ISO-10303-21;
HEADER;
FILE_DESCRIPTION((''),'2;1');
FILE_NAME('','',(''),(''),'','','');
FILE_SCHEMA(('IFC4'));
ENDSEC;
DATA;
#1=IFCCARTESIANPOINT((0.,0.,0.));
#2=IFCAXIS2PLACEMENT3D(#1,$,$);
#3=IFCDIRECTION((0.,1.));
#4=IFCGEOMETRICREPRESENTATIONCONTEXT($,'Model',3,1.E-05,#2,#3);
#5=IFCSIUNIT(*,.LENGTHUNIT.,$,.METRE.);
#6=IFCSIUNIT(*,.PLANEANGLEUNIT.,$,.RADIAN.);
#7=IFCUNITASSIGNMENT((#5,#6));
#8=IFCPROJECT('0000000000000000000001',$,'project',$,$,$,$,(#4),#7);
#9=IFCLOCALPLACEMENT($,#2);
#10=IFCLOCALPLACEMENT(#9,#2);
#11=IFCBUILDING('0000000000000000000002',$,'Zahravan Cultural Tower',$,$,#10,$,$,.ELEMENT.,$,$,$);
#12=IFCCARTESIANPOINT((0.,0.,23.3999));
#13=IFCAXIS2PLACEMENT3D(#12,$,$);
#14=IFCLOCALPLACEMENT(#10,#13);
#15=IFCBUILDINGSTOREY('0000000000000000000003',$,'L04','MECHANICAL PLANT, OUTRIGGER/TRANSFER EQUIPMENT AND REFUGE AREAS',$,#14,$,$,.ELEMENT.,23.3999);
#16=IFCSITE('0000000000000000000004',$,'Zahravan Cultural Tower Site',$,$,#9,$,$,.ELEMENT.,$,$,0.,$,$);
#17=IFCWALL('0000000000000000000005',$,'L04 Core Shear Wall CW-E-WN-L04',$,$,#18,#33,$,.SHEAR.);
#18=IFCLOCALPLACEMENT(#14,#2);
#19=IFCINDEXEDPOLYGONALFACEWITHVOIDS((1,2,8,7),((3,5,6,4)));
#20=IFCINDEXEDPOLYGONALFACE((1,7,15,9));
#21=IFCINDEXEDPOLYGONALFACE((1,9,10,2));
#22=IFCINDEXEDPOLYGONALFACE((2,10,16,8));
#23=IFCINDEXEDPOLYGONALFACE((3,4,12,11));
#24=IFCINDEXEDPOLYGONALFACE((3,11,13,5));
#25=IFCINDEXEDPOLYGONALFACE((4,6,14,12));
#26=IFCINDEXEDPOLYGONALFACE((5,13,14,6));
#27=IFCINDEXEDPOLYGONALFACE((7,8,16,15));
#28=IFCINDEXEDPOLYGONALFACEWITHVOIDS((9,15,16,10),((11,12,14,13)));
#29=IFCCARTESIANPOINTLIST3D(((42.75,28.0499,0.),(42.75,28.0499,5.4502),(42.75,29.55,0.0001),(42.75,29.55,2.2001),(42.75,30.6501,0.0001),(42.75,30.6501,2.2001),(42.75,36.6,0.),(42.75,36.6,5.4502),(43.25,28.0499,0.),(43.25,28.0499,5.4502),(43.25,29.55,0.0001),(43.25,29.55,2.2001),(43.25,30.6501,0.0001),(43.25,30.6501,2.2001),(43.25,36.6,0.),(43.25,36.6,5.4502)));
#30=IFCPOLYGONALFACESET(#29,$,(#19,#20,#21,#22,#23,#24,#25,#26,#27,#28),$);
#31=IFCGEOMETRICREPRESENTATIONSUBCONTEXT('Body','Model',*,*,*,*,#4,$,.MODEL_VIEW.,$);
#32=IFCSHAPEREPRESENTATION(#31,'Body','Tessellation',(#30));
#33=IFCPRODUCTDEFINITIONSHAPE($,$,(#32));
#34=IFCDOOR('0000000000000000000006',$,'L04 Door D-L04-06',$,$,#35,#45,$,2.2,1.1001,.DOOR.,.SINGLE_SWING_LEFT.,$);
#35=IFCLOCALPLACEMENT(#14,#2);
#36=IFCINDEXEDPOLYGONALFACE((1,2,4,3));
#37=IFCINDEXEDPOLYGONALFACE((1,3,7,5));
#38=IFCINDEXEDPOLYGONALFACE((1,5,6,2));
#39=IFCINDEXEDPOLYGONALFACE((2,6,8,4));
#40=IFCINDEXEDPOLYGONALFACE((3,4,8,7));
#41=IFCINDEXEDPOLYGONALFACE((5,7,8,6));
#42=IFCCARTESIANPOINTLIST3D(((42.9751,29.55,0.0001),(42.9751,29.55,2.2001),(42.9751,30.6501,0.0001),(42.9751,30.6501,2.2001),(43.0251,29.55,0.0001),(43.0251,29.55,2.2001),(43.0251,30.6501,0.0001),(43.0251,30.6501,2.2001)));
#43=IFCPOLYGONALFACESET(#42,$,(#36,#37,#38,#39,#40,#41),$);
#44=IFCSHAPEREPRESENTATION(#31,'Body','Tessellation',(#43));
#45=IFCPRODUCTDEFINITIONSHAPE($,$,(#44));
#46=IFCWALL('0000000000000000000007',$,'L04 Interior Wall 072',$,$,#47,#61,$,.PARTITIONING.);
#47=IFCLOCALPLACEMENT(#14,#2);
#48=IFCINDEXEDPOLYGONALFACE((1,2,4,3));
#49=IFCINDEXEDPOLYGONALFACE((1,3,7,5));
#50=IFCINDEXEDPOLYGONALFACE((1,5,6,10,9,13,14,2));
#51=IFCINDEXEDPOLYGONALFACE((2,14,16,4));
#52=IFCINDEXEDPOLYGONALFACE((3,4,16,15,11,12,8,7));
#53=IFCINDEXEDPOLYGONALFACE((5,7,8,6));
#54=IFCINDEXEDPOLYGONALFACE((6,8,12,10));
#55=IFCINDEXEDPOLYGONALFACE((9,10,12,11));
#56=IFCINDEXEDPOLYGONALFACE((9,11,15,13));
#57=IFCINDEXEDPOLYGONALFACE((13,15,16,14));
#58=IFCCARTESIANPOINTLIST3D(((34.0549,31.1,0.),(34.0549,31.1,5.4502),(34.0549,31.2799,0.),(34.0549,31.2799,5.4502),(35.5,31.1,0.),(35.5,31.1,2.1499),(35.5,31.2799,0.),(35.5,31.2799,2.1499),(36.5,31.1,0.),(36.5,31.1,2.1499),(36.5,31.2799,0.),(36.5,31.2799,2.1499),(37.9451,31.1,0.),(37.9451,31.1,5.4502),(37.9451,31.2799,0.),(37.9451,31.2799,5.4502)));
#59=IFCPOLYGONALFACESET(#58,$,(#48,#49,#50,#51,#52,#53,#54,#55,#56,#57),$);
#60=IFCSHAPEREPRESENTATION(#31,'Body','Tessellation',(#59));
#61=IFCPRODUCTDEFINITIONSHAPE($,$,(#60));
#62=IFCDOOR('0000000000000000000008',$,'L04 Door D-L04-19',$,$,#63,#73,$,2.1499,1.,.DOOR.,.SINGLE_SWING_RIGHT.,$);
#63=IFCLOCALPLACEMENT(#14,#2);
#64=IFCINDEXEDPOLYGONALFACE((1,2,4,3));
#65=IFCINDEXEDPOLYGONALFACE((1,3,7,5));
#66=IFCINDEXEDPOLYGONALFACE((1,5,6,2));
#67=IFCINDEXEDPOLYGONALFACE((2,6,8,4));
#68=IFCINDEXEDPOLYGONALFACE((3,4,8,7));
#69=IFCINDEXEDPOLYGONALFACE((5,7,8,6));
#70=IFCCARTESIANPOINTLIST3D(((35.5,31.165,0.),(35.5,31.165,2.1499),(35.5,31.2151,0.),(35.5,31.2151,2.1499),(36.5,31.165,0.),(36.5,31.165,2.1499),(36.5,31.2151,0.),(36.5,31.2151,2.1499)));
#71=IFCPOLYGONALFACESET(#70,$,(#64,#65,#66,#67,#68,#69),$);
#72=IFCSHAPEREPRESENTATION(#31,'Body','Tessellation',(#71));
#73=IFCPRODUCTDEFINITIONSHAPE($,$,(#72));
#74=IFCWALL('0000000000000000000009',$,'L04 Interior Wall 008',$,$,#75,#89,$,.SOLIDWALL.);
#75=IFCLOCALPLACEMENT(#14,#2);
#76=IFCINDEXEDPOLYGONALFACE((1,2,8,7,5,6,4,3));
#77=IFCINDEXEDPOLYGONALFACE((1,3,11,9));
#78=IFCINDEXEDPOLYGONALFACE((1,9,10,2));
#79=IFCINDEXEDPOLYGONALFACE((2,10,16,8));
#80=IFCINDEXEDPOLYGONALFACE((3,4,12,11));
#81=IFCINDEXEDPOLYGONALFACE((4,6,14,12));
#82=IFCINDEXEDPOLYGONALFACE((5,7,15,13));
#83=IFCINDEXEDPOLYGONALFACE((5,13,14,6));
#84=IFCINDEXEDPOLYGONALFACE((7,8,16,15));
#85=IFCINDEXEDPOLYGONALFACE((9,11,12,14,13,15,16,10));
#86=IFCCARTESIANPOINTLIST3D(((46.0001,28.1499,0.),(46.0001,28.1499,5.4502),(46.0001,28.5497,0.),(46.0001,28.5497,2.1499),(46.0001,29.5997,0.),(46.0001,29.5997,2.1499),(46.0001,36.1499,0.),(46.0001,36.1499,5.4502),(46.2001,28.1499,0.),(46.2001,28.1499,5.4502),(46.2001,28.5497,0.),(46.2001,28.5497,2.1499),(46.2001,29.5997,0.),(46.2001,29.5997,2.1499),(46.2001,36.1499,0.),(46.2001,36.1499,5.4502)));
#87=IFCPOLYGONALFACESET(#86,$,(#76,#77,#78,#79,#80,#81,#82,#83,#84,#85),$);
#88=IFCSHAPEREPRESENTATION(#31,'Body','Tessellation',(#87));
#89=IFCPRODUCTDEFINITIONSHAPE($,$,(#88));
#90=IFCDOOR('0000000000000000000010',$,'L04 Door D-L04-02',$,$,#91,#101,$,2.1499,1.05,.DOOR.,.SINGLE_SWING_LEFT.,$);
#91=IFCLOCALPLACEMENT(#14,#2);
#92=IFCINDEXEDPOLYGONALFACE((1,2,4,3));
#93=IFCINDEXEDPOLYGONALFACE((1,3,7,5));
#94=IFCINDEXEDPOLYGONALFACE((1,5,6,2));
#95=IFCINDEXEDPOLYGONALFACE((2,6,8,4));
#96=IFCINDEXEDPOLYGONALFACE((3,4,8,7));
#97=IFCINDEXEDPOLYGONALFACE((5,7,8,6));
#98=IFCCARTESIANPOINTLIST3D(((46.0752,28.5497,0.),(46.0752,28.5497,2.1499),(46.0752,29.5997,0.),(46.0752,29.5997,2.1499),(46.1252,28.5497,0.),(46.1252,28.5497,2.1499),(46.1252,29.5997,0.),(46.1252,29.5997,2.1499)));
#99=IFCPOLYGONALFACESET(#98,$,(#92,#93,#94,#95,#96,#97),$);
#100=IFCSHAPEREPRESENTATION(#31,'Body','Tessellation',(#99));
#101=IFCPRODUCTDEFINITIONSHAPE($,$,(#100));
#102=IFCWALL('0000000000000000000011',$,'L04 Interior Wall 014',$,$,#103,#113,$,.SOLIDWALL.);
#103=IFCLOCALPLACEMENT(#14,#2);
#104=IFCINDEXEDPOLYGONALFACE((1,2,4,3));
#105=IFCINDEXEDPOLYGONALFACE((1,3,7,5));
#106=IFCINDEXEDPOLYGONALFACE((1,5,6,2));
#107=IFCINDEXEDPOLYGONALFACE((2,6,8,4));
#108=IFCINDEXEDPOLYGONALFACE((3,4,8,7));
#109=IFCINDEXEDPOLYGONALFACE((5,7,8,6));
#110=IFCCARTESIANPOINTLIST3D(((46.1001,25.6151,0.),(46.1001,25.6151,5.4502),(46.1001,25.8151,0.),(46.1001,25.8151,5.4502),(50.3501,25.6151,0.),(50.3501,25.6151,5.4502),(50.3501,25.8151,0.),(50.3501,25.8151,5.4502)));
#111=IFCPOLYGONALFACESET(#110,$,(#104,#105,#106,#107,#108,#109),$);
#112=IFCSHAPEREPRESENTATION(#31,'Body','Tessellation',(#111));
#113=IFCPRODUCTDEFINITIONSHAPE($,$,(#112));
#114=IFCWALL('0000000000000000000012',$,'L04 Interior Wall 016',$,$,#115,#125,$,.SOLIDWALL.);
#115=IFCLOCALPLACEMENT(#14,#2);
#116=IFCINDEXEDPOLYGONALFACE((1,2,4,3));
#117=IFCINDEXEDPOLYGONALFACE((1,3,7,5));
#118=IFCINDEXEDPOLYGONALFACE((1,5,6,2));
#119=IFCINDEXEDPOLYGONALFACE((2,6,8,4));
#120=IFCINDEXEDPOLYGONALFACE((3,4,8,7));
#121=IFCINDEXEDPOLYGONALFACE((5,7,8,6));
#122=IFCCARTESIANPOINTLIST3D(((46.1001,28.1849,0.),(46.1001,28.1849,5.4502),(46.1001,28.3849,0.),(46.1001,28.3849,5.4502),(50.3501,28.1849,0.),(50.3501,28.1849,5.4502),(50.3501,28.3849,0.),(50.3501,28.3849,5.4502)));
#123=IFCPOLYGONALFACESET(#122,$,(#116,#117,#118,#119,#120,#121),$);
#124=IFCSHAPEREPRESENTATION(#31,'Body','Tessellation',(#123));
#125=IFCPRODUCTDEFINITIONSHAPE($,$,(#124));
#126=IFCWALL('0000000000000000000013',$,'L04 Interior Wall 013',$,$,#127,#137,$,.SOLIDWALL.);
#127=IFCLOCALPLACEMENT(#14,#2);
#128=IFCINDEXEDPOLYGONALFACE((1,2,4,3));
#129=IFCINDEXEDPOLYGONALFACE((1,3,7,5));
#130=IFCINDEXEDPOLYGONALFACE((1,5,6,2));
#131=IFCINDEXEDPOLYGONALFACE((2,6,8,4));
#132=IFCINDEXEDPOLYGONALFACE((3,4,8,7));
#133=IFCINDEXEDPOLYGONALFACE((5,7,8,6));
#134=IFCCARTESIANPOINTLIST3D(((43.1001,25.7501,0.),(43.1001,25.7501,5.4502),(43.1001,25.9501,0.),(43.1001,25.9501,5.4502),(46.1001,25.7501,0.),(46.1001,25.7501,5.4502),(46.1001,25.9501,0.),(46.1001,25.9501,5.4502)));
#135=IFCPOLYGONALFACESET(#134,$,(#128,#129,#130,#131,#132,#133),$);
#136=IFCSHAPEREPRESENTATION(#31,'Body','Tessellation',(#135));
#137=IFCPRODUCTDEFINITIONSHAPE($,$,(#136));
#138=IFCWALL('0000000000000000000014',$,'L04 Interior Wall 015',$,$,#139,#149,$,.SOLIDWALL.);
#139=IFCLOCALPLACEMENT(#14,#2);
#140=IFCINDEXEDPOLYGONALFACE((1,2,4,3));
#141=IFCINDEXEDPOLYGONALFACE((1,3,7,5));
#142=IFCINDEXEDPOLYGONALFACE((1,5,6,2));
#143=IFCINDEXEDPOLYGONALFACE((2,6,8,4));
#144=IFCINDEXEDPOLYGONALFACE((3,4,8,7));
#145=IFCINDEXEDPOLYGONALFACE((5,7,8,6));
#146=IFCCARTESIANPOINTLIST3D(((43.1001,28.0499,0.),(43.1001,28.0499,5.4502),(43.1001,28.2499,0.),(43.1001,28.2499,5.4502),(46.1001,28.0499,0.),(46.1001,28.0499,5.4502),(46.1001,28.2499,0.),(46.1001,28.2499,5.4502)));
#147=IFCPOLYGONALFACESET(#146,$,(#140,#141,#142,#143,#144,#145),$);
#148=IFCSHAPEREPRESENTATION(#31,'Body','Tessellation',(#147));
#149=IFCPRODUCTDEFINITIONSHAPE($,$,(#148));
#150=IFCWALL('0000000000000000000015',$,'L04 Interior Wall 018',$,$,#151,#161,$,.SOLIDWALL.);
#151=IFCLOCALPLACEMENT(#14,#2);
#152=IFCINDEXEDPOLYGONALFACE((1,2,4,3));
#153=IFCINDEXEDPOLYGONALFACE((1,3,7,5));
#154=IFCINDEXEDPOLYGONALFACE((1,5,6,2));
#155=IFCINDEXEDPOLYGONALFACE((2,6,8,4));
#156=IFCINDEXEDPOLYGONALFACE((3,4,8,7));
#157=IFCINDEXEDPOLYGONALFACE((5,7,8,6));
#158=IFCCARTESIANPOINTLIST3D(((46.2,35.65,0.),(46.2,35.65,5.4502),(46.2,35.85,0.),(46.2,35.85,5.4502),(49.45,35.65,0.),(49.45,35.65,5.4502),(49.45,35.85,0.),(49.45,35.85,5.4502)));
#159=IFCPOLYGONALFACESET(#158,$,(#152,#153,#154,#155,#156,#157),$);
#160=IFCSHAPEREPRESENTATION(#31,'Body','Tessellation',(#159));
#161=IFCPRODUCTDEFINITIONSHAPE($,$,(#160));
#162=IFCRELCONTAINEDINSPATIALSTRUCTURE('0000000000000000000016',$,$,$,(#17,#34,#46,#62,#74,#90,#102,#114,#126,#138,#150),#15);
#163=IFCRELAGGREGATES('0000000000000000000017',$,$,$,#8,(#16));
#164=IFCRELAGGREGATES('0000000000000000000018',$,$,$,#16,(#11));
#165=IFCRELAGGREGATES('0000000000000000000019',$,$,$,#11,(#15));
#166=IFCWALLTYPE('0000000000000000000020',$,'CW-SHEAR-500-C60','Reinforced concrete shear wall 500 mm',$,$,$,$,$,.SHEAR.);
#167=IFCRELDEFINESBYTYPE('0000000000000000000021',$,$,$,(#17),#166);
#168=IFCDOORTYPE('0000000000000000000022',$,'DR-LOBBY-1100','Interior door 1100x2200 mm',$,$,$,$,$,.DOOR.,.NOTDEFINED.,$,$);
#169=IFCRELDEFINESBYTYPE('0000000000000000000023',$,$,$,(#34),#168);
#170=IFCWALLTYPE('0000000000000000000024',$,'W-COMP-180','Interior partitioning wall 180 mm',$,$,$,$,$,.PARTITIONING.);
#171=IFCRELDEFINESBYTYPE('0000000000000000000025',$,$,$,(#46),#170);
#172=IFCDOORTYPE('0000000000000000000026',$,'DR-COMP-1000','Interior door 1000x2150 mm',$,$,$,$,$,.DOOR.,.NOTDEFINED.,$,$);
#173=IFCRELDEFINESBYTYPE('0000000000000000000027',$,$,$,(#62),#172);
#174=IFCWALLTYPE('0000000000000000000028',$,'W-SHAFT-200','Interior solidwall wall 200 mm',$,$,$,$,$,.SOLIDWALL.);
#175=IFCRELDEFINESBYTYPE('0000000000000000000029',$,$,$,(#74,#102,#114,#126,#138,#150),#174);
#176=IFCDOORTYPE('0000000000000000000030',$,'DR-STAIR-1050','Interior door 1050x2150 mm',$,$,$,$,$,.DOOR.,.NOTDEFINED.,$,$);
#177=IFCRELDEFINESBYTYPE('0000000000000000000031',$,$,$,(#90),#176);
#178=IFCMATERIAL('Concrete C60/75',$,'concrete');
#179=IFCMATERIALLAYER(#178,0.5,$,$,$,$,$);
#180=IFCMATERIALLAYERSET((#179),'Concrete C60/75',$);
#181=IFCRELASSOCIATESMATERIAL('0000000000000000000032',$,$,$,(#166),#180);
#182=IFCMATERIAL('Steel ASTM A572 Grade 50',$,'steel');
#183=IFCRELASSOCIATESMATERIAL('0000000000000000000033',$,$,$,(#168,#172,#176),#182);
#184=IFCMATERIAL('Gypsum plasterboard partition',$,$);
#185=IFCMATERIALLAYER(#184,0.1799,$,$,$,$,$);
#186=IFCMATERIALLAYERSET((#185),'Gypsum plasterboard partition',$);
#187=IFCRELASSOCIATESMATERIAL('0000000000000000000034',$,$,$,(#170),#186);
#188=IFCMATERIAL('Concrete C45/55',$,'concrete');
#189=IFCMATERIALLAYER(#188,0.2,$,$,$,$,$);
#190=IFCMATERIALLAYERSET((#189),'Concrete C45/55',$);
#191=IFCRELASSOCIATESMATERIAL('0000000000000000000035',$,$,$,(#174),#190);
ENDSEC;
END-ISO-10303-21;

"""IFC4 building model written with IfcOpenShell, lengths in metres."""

from ifc_helpers import new_model, si_unit, direction, frame, frame_2d, origin, place, context, subcontext, project, spatial, rectangle, extrude, source, transform, mapped, material, layer, layer_set, type_object, element, fill, save


model = new_model("IFC4")

# Units and contexts
model_context = context("Model", 3, precision=1e-05, world=origin(), true_north=direction((0.0, 1.0)))
body_context = subcontext(model_context, "Body", "Model", "MODEL_VIEW")
ifc_project = project(units=[si_unit("LENGTHUNIT", "METRE"), si_unit("PLANEANGLEUNIT", "RADIAN")], contexts=[model_context])

# Site, building, storey
site_placement = place(None, origin())
site = spatial("IfcSite", under=ifc_project, at=site_placement, Name="Zahravan Cultural Tower Site", CompositionType="ELEMENT", RefElevation=0.0)
building_placement = place(site_placement, origin())
building = spatial("IfcBuilding", under=site, at=building_placement, Name="Zahravan Cultural Tower", CompositionType="ELEMENT")
storey_placement = place(building_placement, frame((0.0, 0.0, 23.3999)))
storey = spatial("IfcBuildingStorey", under=building, at=storey_placement, Name="L04", Description="MECHANICAL PLANT, OUTRIGGER/TRANSFER EQUIPMENT AND REFUGE AREAS", CompositionType="ELEMENT", Elevation=23.3999)

# Walls, openings, doors
ifc_material_1 = material(Name="Concrete C60/75", Category="concrete")
ifc_layer_1 = layer(ifc_material_1, 0.5)
ifc_layer_set_1 = layer_set([ifc_layer_1], Name="Concrete C60/75")
wall_type_1 = type_object("IfcWallType", Name="CW-SHEAR-500-C60", Description="Reinforced concrete shear wall 500 mm", PredefinedType="SHEAR", material=ifc_layer_set_1)
wall_1_placement = place(storey_placement, frame((43.0, 28.05, 0.0), z_axis=(0.0, 0.0, 1.0), x_axis=(0.0, 1.0, 0.0)))
wall_1 = element("IfcWall", 1, at=wall_1_placement, inside=storey, type_object=wall_type_1, Name="L04 Core Shear Wall CW-E-WN-L04", PredefinedType="SHEAR", context=body_context, shape_type="SweptSolid", body=[
    extrude(rectangle(XDim=8.55, YDim=0.5, at=frame_2d((4.2749, 0.0))), origin(), (0.0, 0.0, 1.0), 5.4502),
])
opening_1_placement = place(wall_1_placement, frame((1.5, 0.0, 0.0)))
opening_1 = element("IfcOpeningElement", 2, at=opening_1_placement, cuts=wall_1, PredefinedType="OPENING", context=body_context, shape_type="SweptSolid", body=[
    extrude(rectangle(XDim=1.1001, YDim=2.2, at=frame_2d((0.55, 1.1001))), frame((0.0, 0.26, 0.0), z_axis=(0.0, -1.0, 0.0), x_axis=(1.0, 0.0, 0.0)), (0.0, 0.0, 1.0), 0.52),
])
ifc_material_2 = material(Name="Steel ASTM A572 Grade 50", Category="steel")
door_type_1 = type_object("IfcDoorType", Name="DR-LOBBY-1100", Description="Interior door 1100x2200 mm", OperationType="NOTDEFINED", PredefinedType="DOOR", material=ifc_material_2)
shared_shape_1 = source(origin(), body_context, "Body", "SweptSolid", [
    extrude(rectangle(XDim=1.1001, YDim=2.2, at=frame_2d((0.55, 1.1001))), frame((0.0, 0.0249, 0.0), z_axis=(0.0, -1.0, 0.0), x_axis=(1.0, 0.0, 0.0)), (0.0, 0.0, 1.0), 0.05),
])
door_1_placement = place(opening_1_placement, origin())
door_1 = element("IfcDoor", 3, at=door_1_placement, inside=storey, type_object=door_type_1, Name="L04 Door D-L04-06", OperationType="SINGLE_SWING_LEFT", OverallHeight=2.2, OverallWidth=1.1001, PredefinedType="DOOR", context=body_context, shape_type="MappedRepresentation", body=[
    mapped(shared_shape_1, transform((0.0, 0.0, 0.0), x_axis=(1.0, 0.0, 0.0), y_axis=(0.0, 1.0, 0.0), z_axis=(0.0, 0.0, 1.0), scale=1.0)),
])
fill(opening_1, door_1)
ifc_material_3 = material(Name="Gypsum plasterboard partition")
ifc_layer_2 = layer(ifc_material_3, 0.1799)
ifc_layer_set_2 = layer_set([ifc_layer_2], Name="Gypsum plasterboard partition")
wall_type_2 = type_object("IfcWallType", Name="W-COMP-180", Description="Interior partitioning wall 180 mm", PredefinedType="PARTITIONING", material=ifc_layer_set_2)
wall_2_placement = place(storey_placement, frame((37.9451, 31.1899, 0.0), z_axis=(0.0, 0.0, 1.0), x_axis=(-1.0, 0.0, 0.0)))
wall_2 = element("IfcWall", 4, at=wall_2_placement, inside=storey, type_object=wall_type_2, Name="L04 Interior Wall 072", PredefinedType="PARTITIONING", context=body_context, shape_type="SweptSolid", body=[
    extrude(rectangle(XDim=3.8901, YDim=0.1799, at=frame_2d((1.9451, 0.0))), origin(), (0.0, 0.0, 1.0), 5.4502),
])
opening_2_placement = place(wall_2_placement, frame((1.4451, 0.0, 0.0)))
opening_2 = element("IfcOpeningElement", 5, at=opening_2_placement, cuts=wall_2, PredefinedType="OPENING", context=body_context, shape_type="SweptSolid", body=[
    extrude(rectangle(XDim=1.0, YDim=2.1499, at=frame_2d((0.5, 1.075))), frame((0.0, 0.0999, 0.0), z_axis=(0.0, -1.0, 0.0), x_axis=(1.0, 0.0, 0.0)), (0.0, 0.0, 1.0), 0.2),
])
door_type_2 = type_object("IfcDoorType", Name="DR-COMP-1000", Description="Interior door 1000x2150 mm", OperationType="NOTDEFINED", PredefinedType="DOOR", material=ifc_material_2)
shared_shape_2 = source(origin(), body_context, "Body", "SweptSolid", [
    extrude(rectangle(XDim=1.0, YDim=2.1499, at=frame_2d((0.5, 1.075))), frame((0.0, 0.0249, 0.0), z_axis=(0.0, -1.0, 0.0), x_axis=(1.0, 0.0, 0.0)), (0.0, 0.0, 1.0), 0.05),
])
door_2_placement = place(opening_2_placement, origin())
door_2 = element("IfcDoor", 6, at=door_2_placement, inside=storey, type_object=door_type_2, Name="L04 Door D-L04-19", OperationType="SINGLE_SWING_RIGHT", OverallHeight=2.1499, OverallWidth=1.0, PredefinedType="DOOR", context=body_context, shape_type="MappedRepresentation", body=[
    mapped(shared_shape_2, transform((0.0, 0.0, 0.0), x_axis=(1.0, 0.0, 0.0), y_axis=(0.0, 1.0, 0.0), z_axis=(0.0, 0.0, 1.0), scale=1.0)),
])
fill(opening_2, door_2)
ifc_material_4 = material(Name="Concrete C45/55", Category="concrete")
ifc_layer_3 = layer(ifc_material_4, 0.2)
ifc_layer_set_3 = layer_set([ifc_layer_3], Name="Concrete C45/55")
wall_type_3 = type_object("IfcWallType", Name="W-SHAFT-200", Description="Interior solidwall wall 200 mm", PredefinedType="SOLIDWALL", material=ifc_layer_set_3)
wall_3_placement = place(storey_placement, frame((46.1001, 28.1499, 0.0), z_axis=(0.0, 0.0, 1.0), x_axis=(0.0, 1.0, 0.0)))
wall_3 = element("IfcWall", 7, at=wall_3_placement, inside=storey, type_object=wall_type_3, Name="L04 Interior Wall 008", PredefinedType="SOLIDWALL", context=body_context, shape_type="SweptSolid", body=[
    extrude(rectangle(XDim=8.0, YDim=0.2, at=frame_2d((4.0, 0.0))), origin(), (0.0, 0.0, 1.0), 5.4502),
])
opening_3_placement = place(wall_3_placement, frame((0.3999, 0.0, 0.0)))
opening_3 = element("IfcOpeningElement", 8, at=opening_3_placement, cuts=wall_3, PredefinedType="OPENING", context=body_context, shape_type="SweptSolid", body=[
    extrude(rectangle(XDim=1.05, YDim=2.1499, at=frame_2d((0.5249, 1.075))), frame((0.0, 0.1099, 0.0), z_axis=(0.0, -1.0, 0.0), x_axis=(1.0, 0.0, 0.0)), (0.0, 0.0, 1.0), 0.22),
])
door_type_3 = type_object("IfcDoorType", Name="DR-STAIR-1050", Description="Interior door 1050x2150 mm", OperationType="NOTDEFINED", PredefinedType="DOOR", material=ifc_material_2)
shared_shape_3 = source(origin(), body_context, "Body", "SweptSolid", [
    extrude(rectangle(XDim=1.05, YDim=2.1499, at=frame_2d((0.5249, 1.075))), frame((0.0, 0.0249, 0.0), z_axis=(0.0, -1.0, 0.0), x_axis=(1.0, 0.0, 0.0)), (0.0, 0.0, 1.0), 0.05),
])
door_3_placement = place(opening_3_placement, origin())
door_3 = element("IfcDoor", 9, at=door_3_placement, inside=storey, type_object=door_type_3, Name="L04 Door D-L04-02", OperationType="SINGLE_SWING_LEFT", OverallHeight=2.1499, OverallWidth=1.05, PredefinedType="DOOR", context=body_context, shape_type="MappedRepresentation", body=[
    mapped(shared_shape_3, transform((0.0, 0.0, 0.0), x_axis=(1.0, 0.0, 0.0), y_axis=(0.0, 1.0, 0.0), z_axis=(0.0, 0.0, 1.0), scale=1.0)),
])
fill(opening_3, door_3)

# Walls
shared_shape_4 = source(origin(), body_context, "Body", "SweptSolid", [
    extrude(rectangle(XDim=4.25, YDim=0.2, at=frame_2d((2.125, 0.0))), origin(), (0.0, 0.0, 1.0), 5.4502),
])
for number, where, z_axis, x_axis, name in (
    (10, (46.1001, 25.7151, 0.0), (0.0, 0.0, 1.0), (1.0, 0.0, 0.0), "L04 Interior Wall 014"),
    (11, (46.1001, 28.2849, 0.0), (0.0, 0.0, 1.0), (1.0, 0.0, 0.0), "L04 Interior Wall 016"),
):
    element("IfcWall", number, at=place(storey_placement, frame(where, z_axis=z_axis, x_axis=x_axis)), inside=storey, type_object=wall_type_3, Name=name, PredefinedType="SOLIDWALL", context=body_context, shape_type="MappedRepresentation", body=[
        mapped(shared_shape_4, transform((0.0, 0.0, 0.0), x_axis=(1.0, 0.0, 0.0), y_axis=(0.0, 1.0, 0.0), z_axis=(0.0, 0.0, 1.0), scale=1.0)),
    ])
shared_shape_5 = source(origin(), body_context, "Body", "SweptSolid", [
    extrude(rectangle(XDim=3.0, YDim=0.2, at=frame_2d((1.5, 0.0))), origin(), (0.0, 0.0, 1.0), 5.4502),
])
for number, where, z_axis, x_axis, name in (
    (12, (43.1001, 25.8501, 0.0), (0.0, 0.0, 1.0), (1.0, 0.0, 0.0), "L04 Interior Wall 013"),
    (13, (43.1001, 28.1499, 0.0), (0.0, 0.0, 1.0), (1.0, 0.0, 0.0), "L04 Interior Wall 015"),
):
    element("IfcWall", number, at=place(storey_placement, frame(where, z_axis=z_axis, x_axis=x_axis)), inside=storey, type_object=wall_type_3, Name=name, PredefinedType="SOLIDWALL", context=body_context, shape_type="MappedRepresentation", body=[
        mapped(shared_shape_5, transform((0.0, 0.0, 0.0), x_axis=(1.0, 0.0, 0.0), y_axis=(0.0, 1.0, 0.0), z_axis=(0.0, 0.0, 1.0), scale=1.0)),
    ])
shared_shape_6 = source(origin(), body_context, "Body", "SweptSolid", [
    extrude(rectangle(XDim=3.25, YDim=0.2, at=frame_2d((1.625, 0.0))), origin(), (0.0, 0.0, 1.0), 5.4502),
])
wall_4_placement = place(storey_placement, frame((46.2, 35.75, 0.0), z_axis=(0.0, 0.0, 1.0), x_axis=(1.0, 0.0, 0.0)))
element("IfcWall", 14, at=wall_4_placement, inside=storey, type_object=wall_type_3, Name="L04 Interior Wall 018", PredefinedType="SOLIDWALL", context=body_context, shape_type="MappedRepresentation", body=[
    mapped(shared_shape_6, transform((0.0, 0.0, 0.0), x_axis=(1.0, 0.0, 0.0), y_axis=(0.0, 1.0, 0.0), z_axis=(0.0, 0.0, 1.0), scale=1.0)),
])

save(model, "model.ifc")
